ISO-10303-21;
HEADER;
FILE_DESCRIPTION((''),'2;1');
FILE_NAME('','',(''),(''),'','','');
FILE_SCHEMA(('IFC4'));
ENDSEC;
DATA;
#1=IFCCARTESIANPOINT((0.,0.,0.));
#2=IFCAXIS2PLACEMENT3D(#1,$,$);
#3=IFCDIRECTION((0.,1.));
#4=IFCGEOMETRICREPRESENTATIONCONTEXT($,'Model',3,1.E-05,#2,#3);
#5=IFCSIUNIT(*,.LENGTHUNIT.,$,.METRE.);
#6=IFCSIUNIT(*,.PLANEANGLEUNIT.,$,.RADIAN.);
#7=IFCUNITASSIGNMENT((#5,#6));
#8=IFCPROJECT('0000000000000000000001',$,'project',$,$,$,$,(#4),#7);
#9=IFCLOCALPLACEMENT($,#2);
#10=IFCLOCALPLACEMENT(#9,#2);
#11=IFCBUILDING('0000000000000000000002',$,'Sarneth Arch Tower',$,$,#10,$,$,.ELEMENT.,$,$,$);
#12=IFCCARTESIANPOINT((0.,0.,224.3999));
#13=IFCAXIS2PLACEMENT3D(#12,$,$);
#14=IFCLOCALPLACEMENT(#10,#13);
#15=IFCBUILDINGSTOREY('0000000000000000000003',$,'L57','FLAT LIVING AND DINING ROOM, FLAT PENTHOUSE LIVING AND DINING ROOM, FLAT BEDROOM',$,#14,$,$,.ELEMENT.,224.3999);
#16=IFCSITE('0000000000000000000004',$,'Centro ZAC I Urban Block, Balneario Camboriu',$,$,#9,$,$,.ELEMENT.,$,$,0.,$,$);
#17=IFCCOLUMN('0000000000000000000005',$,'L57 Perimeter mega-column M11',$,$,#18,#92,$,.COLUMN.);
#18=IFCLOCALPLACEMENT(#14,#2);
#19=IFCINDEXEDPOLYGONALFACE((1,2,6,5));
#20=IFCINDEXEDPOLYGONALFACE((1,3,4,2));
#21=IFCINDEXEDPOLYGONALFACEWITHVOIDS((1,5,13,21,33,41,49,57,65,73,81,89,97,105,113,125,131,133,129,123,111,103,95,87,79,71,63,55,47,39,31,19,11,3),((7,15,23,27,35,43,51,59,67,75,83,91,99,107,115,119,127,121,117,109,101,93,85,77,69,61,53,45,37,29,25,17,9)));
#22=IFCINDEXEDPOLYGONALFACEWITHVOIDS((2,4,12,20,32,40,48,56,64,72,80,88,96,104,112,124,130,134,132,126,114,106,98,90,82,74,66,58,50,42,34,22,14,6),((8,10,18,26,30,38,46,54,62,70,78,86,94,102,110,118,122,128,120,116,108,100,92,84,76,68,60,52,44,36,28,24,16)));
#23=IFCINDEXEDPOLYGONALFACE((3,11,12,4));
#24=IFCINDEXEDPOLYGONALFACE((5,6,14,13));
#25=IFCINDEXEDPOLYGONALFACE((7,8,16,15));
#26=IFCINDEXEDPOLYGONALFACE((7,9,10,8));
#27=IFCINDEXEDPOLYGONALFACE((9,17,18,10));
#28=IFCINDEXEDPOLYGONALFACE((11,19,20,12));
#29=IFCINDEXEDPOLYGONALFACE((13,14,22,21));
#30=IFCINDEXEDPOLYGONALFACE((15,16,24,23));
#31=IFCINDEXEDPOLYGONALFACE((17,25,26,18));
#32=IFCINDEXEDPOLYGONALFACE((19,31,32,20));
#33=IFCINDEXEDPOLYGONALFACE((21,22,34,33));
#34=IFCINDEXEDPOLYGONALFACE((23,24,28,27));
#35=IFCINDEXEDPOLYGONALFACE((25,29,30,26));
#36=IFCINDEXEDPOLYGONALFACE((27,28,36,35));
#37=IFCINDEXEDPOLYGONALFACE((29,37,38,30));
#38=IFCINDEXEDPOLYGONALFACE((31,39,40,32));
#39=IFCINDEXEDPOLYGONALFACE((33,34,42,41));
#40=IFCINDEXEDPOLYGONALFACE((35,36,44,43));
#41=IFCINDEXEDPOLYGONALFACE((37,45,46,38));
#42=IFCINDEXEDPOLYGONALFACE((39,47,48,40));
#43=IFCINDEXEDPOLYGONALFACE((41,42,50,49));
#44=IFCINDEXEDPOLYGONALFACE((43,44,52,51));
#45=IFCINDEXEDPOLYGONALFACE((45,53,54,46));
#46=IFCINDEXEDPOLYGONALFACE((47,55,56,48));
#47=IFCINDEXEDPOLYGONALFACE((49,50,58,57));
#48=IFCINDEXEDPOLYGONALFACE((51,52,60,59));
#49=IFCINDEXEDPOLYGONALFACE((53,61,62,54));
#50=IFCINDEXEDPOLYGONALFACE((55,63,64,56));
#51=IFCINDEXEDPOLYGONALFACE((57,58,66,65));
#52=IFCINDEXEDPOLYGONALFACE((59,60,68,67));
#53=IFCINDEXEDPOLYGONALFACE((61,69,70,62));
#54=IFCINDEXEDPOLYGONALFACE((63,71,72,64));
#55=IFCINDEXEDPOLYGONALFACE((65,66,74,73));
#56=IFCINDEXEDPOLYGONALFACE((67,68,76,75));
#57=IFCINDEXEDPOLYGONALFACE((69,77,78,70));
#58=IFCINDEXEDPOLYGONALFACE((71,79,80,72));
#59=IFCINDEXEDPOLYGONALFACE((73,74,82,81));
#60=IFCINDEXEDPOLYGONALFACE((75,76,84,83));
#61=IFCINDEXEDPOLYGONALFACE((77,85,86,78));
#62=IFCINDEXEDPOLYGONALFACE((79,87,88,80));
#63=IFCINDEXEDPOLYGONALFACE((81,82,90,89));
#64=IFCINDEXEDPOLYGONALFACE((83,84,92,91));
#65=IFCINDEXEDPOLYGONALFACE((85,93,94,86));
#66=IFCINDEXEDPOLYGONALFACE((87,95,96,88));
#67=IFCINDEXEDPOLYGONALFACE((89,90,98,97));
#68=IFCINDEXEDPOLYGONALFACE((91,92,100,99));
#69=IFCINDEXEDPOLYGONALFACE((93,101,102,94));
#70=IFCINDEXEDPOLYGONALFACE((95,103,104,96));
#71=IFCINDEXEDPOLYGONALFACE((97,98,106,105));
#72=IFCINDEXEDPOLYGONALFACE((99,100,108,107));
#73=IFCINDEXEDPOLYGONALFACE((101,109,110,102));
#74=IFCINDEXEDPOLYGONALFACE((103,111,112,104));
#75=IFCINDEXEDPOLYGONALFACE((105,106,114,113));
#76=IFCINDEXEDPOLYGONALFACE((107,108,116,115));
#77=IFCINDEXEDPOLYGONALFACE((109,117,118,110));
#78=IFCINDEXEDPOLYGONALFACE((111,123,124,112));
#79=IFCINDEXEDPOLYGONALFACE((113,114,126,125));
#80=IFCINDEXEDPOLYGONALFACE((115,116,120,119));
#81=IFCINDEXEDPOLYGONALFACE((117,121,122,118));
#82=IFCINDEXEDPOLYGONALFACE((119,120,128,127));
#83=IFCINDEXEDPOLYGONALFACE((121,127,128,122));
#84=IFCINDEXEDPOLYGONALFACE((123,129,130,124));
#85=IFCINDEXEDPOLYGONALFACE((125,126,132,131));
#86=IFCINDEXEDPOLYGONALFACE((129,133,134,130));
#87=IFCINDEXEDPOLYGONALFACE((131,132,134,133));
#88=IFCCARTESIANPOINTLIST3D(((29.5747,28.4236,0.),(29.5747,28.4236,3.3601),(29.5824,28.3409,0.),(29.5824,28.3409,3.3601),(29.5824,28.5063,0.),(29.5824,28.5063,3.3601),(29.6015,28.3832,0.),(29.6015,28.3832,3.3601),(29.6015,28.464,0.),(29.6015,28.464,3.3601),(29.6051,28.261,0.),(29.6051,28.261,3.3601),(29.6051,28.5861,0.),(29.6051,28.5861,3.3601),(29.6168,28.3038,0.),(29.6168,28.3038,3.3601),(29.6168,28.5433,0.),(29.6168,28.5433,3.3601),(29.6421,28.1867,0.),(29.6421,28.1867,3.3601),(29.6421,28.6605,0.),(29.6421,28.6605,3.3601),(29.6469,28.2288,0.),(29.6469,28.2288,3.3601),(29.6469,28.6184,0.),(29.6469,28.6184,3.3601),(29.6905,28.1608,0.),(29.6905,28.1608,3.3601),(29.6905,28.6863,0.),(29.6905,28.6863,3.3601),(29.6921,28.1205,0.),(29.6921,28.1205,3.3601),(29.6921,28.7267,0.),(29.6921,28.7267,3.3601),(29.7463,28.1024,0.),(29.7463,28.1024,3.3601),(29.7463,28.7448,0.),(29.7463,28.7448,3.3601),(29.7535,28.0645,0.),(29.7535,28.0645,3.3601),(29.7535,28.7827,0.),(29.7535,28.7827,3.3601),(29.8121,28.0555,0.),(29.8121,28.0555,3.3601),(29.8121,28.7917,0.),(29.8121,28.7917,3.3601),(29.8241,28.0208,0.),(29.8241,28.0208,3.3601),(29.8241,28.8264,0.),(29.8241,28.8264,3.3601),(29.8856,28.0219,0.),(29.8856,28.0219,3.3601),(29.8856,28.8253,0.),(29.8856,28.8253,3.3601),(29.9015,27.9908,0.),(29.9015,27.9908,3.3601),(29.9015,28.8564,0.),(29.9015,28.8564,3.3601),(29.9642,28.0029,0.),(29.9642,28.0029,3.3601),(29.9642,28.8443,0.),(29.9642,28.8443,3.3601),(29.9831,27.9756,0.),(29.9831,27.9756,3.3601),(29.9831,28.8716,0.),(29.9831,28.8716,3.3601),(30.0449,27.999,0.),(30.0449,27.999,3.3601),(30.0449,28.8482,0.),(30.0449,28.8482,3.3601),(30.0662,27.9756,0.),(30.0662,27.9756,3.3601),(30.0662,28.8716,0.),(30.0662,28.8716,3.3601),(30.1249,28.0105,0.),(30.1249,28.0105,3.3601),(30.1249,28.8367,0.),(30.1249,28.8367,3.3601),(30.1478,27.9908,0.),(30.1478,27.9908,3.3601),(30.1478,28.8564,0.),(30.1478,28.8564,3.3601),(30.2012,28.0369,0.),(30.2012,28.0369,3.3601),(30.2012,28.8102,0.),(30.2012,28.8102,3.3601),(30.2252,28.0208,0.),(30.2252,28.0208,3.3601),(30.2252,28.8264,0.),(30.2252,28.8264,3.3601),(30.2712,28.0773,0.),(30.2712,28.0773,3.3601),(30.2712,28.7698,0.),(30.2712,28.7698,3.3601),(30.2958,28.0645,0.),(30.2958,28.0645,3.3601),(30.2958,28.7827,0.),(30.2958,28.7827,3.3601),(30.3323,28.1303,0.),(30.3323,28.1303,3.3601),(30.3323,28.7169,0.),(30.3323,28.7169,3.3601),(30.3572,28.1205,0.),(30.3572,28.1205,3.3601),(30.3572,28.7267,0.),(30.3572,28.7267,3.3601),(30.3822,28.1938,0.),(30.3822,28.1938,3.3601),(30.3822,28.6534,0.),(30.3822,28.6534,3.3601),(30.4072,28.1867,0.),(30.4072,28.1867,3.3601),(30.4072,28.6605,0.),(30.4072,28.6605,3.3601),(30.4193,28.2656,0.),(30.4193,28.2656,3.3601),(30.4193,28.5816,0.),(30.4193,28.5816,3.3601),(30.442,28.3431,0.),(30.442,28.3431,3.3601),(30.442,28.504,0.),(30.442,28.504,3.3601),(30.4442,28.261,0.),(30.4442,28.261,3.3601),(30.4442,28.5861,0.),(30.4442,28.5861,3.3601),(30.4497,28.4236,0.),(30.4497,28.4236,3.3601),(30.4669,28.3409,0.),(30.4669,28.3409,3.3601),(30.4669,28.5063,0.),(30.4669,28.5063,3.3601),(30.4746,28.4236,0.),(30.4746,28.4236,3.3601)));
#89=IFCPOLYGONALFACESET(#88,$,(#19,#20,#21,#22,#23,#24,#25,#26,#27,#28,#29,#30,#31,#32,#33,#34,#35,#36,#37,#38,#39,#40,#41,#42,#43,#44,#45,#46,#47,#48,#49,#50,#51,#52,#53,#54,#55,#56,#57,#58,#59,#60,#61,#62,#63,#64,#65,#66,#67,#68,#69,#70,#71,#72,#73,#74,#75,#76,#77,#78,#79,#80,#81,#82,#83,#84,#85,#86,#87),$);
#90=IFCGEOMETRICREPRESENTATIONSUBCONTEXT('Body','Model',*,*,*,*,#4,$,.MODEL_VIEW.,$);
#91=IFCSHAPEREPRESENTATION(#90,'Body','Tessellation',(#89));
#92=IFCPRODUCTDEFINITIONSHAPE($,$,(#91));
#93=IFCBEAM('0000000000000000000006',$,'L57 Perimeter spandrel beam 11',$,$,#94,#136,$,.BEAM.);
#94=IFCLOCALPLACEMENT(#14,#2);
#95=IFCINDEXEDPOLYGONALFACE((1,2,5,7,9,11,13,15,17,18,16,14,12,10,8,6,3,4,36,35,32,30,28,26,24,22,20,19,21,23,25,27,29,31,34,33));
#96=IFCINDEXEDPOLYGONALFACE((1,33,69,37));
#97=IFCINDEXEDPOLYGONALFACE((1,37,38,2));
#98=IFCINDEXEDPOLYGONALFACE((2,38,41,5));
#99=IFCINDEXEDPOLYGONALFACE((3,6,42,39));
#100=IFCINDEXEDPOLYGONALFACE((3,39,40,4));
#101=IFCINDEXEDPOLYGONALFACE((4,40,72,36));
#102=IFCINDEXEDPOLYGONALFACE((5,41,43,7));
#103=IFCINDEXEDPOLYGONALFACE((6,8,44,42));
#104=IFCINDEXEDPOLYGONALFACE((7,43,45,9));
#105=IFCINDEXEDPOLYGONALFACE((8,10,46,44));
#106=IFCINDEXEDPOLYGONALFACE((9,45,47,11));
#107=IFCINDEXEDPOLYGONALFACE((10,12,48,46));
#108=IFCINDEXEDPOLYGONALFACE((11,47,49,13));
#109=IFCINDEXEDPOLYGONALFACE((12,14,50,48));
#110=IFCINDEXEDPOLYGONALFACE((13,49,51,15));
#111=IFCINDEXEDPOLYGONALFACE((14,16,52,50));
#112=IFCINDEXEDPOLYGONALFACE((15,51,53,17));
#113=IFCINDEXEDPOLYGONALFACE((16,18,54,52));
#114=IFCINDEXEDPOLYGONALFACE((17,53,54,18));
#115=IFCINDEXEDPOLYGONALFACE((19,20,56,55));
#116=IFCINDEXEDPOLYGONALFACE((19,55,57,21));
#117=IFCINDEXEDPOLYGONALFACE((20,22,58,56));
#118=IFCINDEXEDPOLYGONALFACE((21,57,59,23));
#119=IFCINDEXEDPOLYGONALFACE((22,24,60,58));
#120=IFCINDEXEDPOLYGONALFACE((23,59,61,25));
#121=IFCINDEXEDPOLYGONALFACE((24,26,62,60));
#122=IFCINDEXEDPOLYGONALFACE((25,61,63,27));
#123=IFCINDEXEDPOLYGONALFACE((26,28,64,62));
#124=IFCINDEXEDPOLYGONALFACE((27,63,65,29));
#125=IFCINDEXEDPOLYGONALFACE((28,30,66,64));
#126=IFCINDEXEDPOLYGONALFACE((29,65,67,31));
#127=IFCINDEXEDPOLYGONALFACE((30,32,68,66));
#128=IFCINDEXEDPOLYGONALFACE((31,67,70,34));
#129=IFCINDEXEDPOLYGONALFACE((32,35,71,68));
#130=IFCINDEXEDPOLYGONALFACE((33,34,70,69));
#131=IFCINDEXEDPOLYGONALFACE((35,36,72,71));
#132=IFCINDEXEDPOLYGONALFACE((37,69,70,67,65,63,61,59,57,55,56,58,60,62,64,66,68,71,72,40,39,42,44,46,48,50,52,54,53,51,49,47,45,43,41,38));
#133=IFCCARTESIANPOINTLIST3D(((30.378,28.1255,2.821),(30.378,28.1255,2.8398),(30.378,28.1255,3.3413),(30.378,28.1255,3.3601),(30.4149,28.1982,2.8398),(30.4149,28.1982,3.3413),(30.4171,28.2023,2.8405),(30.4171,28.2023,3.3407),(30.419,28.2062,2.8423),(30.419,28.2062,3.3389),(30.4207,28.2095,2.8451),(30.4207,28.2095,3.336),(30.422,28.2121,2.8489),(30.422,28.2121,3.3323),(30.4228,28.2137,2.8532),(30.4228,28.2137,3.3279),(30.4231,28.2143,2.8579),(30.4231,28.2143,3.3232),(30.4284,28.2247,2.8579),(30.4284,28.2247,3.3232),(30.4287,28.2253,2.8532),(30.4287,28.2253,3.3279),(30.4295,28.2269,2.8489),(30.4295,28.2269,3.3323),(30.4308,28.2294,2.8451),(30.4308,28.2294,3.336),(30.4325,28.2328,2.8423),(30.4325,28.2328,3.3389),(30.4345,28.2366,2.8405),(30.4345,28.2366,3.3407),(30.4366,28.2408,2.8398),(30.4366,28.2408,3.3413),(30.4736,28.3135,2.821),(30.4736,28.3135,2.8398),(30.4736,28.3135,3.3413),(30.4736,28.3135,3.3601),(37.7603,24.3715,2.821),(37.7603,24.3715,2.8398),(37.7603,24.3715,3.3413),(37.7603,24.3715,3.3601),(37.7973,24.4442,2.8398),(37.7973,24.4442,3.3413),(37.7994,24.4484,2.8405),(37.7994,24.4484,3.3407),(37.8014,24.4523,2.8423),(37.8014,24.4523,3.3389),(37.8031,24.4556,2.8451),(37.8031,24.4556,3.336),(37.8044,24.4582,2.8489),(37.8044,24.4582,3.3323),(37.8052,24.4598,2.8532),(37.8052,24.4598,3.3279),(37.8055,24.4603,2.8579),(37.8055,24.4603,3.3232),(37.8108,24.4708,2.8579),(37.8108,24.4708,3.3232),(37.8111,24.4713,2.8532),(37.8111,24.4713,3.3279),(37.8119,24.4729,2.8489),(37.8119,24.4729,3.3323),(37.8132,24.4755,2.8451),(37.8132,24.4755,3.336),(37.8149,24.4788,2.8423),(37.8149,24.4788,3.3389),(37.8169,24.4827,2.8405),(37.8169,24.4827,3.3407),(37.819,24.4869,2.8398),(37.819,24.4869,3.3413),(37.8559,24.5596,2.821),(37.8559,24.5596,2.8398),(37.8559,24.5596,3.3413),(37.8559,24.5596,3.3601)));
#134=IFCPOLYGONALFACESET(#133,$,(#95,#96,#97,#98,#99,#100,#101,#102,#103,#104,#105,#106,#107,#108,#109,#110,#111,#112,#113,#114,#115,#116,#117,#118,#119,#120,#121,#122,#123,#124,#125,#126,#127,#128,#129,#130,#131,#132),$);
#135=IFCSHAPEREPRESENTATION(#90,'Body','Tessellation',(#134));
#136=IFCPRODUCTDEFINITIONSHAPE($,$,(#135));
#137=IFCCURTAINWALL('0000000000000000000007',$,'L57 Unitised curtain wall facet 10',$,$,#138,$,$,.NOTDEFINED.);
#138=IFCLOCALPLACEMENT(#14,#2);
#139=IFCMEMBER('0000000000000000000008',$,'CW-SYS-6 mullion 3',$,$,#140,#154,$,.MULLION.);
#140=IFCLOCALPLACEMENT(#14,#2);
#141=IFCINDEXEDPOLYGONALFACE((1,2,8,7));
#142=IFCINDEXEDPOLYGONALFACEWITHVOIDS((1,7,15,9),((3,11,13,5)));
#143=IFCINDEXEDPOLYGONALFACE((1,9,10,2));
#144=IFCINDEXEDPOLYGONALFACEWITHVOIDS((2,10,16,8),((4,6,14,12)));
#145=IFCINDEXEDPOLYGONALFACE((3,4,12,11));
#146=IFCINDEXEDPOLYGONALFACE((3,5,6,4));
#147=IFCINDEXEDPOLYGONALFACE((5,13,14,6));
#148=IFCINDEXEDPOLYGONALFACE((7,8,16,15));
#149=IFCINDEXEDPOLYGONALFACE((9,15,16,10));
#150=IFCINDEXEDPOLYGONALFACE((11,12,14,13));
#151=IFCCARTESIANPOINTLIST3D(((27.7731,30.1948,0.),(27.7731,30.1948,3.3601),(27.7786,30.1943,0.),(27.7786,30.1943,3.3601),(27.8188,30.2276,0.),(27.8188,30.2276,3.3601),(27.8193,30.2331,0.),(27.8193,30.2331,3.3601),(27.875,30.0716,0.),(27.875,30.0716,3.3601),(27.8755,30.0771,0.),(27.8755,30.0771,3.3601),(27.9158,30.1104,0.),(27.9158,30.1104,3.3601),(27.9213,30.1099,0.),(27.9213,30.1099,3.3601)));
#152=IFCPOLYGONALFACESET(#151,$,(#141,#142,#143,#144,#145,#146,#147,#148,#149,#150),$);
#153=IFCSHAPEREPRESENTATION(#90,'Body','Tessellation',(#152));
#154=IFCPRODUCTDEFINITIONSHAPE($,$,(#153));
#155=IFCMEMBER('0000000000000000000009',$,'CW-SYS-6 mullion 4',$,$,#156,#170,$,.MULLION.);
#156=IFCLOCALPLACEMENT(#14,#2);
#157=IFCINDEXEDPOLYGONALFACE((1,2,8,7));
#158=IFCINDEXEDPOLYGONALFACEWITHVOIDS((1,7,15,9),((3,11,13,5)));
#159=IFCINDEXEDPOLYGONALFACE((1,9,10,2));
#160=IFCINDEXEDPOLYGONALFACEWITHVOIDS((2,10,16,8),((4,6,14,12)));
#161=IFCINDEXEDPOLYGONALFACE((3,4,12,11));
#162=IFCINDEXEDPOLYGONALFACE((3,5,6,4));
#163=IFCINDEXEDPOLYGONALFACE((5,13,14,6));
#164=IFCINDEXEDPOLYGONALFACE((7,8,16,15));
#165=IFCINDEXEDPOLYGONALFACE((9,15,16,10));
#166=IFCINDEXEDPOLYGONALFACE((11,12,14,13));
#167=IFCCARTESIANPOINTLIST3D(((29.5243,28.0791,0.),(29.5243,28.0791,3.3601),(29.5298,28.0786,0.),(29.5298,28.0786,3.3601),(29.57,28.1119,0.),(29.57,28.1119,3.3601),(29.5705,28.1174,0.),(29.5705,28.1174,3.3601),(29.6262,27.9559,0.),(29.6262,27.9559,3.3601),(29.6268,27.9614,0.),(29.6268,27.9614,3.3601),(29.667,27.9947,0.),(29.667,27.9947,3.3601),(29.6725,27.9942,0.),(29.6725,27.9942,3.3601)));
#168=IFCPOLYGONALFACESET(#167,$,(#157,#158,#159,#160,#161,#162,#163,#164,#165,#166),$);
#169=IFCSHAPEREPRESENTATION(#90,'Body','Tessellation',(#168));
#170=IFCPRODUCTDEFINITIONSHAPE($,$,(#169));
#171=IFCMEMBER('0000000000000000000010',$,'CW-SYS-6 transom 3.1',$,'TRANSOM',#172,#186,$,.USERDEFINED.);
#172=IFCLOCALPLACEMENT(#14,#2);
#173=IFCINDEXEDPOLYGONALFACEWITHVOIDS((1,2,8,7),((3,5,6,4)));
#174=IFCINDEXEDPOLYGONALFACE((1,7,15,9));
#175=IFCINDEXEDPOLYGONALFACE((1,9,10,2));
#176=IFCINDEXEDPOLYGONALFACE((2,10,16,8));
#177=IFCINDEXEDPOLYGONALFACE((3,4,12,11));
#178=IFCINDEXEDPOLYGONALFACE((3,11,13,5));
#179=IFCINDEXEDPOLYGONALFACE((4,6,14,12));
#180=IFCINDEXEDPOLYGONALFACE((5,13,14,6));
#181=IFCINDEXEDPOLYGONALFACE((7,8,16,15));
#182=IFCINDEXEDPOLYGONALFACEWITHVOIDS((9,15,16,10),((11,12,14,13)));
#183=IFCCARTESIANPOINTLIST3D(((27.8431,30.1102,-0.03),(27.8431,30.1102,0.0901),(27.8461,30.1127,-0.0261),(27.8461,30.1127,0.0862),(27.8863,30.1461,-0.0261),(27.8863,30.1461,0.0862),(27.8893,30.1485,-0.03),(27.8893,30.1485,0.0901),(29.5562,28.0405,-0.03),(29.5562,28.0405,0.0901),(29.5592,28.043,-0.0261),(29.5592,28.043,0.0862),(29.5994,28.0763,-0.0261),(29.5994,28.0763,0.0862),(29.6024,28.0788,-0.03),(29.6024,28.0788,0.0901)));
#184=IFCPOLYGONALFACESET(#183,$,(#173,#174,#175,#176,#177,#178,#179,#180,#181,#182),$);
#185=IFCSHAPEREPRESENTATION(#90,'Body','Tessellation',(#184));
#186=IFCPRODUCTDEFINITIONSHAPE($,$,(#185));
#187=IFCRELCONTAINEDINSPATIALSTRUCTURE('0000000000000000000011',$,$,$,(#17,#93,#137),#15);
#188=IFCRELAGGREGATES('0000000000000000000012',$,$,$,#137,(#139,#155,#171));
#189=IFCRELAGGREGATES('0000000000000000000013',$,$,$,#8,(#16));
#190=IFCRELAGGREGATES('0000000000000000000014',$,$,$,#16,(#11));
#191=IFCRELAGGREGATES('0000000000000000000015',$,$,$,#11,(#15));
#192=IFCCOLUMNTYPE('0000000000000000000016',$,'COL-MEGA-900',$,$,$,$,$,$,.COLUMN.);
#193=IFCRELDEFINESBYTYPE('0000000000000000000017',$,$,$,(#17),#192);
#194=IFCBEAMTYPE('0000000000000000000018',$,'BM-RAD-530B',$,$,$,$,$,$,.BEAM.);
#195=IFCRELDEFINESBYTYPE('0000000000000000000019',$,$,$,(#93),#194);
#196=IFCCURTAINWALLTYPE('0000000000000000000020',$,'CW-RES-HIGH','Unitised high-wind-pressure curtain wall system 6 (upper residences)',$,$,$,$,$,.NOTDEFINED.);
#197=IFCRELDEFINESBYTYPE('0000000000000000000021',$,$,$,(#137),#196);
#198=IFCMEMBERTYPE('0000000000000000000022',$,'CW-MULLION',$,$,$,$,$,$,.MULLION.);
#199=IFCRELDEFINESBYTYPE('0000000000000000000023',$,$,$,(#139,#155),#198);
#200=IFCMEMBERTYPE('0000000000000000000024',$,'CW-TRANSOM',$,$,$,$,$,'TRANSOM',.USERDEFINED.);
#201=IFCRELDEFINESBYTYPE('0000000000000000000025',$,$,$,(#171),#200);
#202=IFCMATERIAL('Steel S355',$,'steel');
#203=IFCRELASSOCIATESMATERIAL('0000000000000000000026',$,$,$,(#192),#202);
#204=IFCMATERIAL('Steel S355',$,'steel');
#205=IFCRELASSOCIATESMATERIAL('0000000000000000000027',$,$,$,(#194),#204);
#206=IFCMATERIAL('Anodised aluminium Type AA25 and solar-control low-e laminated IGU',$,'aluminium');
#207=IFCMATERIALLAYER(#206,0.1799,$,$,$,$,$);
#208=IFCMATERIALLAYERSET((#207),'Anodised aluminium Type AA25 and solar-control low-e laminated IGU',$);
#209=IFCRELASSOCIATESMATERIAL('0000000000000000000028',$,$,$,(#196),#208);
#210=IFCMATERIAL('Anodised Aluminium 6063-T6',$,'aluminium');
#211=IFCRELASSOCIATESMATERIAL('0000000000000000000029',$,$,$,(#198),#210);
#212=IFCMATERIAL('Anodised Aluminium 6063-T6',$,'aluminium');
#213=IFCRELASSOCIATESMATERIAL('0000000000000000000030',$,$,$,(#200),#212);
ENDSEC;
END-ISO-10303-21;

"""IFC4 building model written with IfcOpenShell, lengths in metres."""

from ifc_helpers import new_model, si_unit, direction, frame, origin, origin_2d, place, context, subcontext, project, spatial, hollow_rectangle, hollow_circle, i_section, extrude, material, layer, layer_set, material_profile, profile_set, type_object, element, aggregate, save


model = new_model("IFC4")

# Units and contexts
model_context = context("Model", 3, precision=1e-05, world=origin(), true_north=direction((0.0, 1.0)))
body_context = subcontext(model_context, "Body", "Model", "MODEL_VIEW")
ifc_project = project(units=[si_unit("LENGTHUNIT", "METRE"), si_unit("PLANEANGLEUNIT", "RADIAN")], contexts=[model_context])

# Site, building, storey
site_placement = place(None, origin())
site = spatial("IfcSite", under=ifc_project, at=site_placement, Name="Centro ZAC I Urban Block, Balneario Camboriu", CompositionType="ELEMENT", RefElevation=0.0)
building_placement = place(site_placement, origin())
building = spatial("IfcBuilding", under=site, at=building_placement, Name="Sarneth Arch Tower", CompositionType="ELEMENT")
storey_placement = place(building_placement, frame((0.0, 0.0, 224.3999)))
storey = spatial("IfcBuildingStorey", under=building, at=storey_placement, Name="L57", Description="FLAT LIVING AND DINING ROOM, FLAT PENTHOUSE LIVING AND DINING ROOM, FLAT BEDROOM", CompositionType="ELEMENT", Elevation=224.3999)

# Column
ifc_material_1 = material(Name="Steel S355", Category="steel")
ifc_material_profile_1 = material_profile(ifc_material_1, hollow_circle(Radius=0.45, WallThickness=0.0249, at=origin_2d()), Name="CHS900x25")
ifc_profile_set_1 = profile_set([ifc_material_profile_1], Name="Steel S355")
column_type = type_object("IfcColumnType", Name="COL-MEGA-900", PredefinedType="COLUMN", material=ifc_profile_set_1)
column_placement = place(storey_placement, frame((30.0247, 28.4236, 0.0), z_axis=(0.0, 0.0, 1.0), x_axis=(1.0, 0.0, 0.0)))
element("IfcColumn", 1, at=column_placement, inside=storey, type_object=column_type, Name="L57 Perimeter mega-column M11", PredefinedType="COLUMN", context=body_context, shape_type="SweptSolid", body=[
    extrude(hollow_circle(Radius=0.45, WallThickness=0.0249, at=origin_2d()), origin(), (0.0, 0.0, 1.0), 3.3601),
])

# Beam
ifc_material_2 = material(Name="Steel S355", Category="steel")
ifc_material_profile_2 = material_profile(ifc_material_2, i_section(OverallWidth=0.2109, OverallDepth=0.5391, WebThickness=0.0117, FlangeThickness=0.0188, FilletRadius=0.0181, at=origin_2d()), Name="W530x109")
ifc_profile_set_2 = profile_set([ifc_material_profile_2], Name="Steel S355")
beam_type = type_object("IfcBeamType", Name="BM-RAD-530B", PredefinedType="BEAM", material=ifc_profile_set_2)
beam_placement = place(storey_placement, frame((30.4258, 28.2195, 3.0906), z_axis=(0.891376, -0.453264, 0.0), x_axis=(0.453264, 0.891376, 0.0)))
element("IfcBeam", 2, at=beam_placement, inside=storey, type_object=beam_type, Name="L57 Perimeter spandrel beam 11", PredefinedType="BEAM", context=body_context, shape_type="SweptSolid", body=[
    extrude(i_section(OverallWidth=0.2109, OverallDepth=0.5391, WebThickness=0.0117, FlangeThickness=0.0188, FilletRadius=0.0181, at=origin_2d()), origin(), (0.0, 0.0, 1.0), 8.282),
])

# Curtain wall, members
ifc_material_3 = material(Name="Anodised aluminium Type AA25 and solar-control low-e laminated IGU", Category="aluminium")
ifc_layer_1 = layer(ifc_material_3, 0.1799)
ifc_layer_set_1 = layer_set([ifc_layer_1], Name="Anodised aluminium Type AA25 and solar-control low-e laminated IGU")
curtain_wall_type = type_object("IfcCurtainWallType", Name="CW-RES-HIGH", Description="Unitised high-wind-pressure curtain wall system 6 (upper residences)", PredefinedType="NOTDEFINED", material=ifc_layer_set_1)
curtain_wall_placement = place(storey_placement, origin())
curtain_wall = element("IfcCurtainWall", 3, at=curtain_wall_placement, inside=storey, type_object=curtain_wall_type, Name="L57 Unitised curtain wall facet 10", PredefinedType="NOTDEFINED")
ifc_material_4 = material(Name="Anodised Aluminium 6063-T6", Category="aluminium")
ifc_material_profile_3 = material_profile(ifc_material_4, hollow_rectangle(XDim=0.0601, YDim=0.1599, WallThickness=0.0039, at=origin_2d()), Name="AL-MULL-160x60x4")
ifc_profile_set_3 = profile_set([ifc_material_profile_3], Name="Anodised Aluminium 6063-T6")
member_type_1 = type_object("IfcMemberType", Name="CW-MULLION", PredefinedType="MULLION", material=ifc_profile_set_3)
member_1_placement = place(storey_placement, frame((27.8472, 30.1523, 0.0), z_axis=(0.0, 0.0, 1.0), x_axis=(0.770359, 0.63761, 0.0)))
member_1 = element("IfcMember", 4, at=member_1_placement, type_object=member_type_1, Name="CW-SYS-6 mullion 3", PredefinedType="MULLION", context=body_context, shape_type="SweptSolid", body=[
    extrude(hollow_rectangle(XDim=0.0601, YDim=0.1599, WallThickness=0.0039, at=origin_2d()), origin(), (0.0, 0.0, 1.0), 3.3601),
])
member_2_placement = place(storey_placement, frame((29.5984, 28.0366, 0.0), z_axis=(0.0, 0.0, 1.0), x_axis=(0.770359, 0.63761, 0.0)))
member_2 = element("IfcMember", 5, at=member_2_placement, type_object=member_type_1, Name="CW-SYS-6 mullion 4", PredefinedType="MULLION", context=body_context, shape_type="SweptSolid", body=[
    extrude(hollow_rectangle(XDim=0.0601, YDim=0.1599, WallThickness=0.0039, at=origin_2d()), origin(), (0.0, 0.0, 1.0), 3.3601),
])
ifc_material_5 = material(Name="Anodised Aluminium 6063-T6", Category="aluminium")
ifc_material_profile_4 = material_profile(ifc_material_5, hollow_rectangle(XDim=0.0601, YDim=0.1201, WallThickness=0.0039, at=origin_2d()), Name="AL-TRAN-120x60x4")
ifc_profile_set_4 = profile_set([ifc_material_profile_4], Name="Anodised Aluminium 6063-T6")
member_type_2 = type_object("IfcMemberType", Name="CW-TRANSOM", ElementType="TRANSOM", PredefinedType="USERDEFINED", material=ifc_profile_set_4)
member_3_placement = place(storey_placement, frame((27.8662, 30.1294, 0.03), z_axis=(0.637607, -0.770362, 0.0), x_axis=(0.770362, 0.637607, 0.0)))
member_3 = element("IfcMember", 6, at=member_3_placement, type_object=member_type_2, Name="CW-SYS-6 transom 3.1", ObjectType="TRANSOM", PredefinedType="USERDEFINED", context=body_context, shape_type="SweptSolid", body=[
    extrude(hollow_rectangle(XDim=0.0601, YDim=0.1201, WallThickness=0.0039, at=origin_2d()), origin(), (0.0, 0.0, 1.0), 2.6868),
])

aggregate(curtain_wall, [member_1, member_2, member_3])

save(model, "model.ifc")
